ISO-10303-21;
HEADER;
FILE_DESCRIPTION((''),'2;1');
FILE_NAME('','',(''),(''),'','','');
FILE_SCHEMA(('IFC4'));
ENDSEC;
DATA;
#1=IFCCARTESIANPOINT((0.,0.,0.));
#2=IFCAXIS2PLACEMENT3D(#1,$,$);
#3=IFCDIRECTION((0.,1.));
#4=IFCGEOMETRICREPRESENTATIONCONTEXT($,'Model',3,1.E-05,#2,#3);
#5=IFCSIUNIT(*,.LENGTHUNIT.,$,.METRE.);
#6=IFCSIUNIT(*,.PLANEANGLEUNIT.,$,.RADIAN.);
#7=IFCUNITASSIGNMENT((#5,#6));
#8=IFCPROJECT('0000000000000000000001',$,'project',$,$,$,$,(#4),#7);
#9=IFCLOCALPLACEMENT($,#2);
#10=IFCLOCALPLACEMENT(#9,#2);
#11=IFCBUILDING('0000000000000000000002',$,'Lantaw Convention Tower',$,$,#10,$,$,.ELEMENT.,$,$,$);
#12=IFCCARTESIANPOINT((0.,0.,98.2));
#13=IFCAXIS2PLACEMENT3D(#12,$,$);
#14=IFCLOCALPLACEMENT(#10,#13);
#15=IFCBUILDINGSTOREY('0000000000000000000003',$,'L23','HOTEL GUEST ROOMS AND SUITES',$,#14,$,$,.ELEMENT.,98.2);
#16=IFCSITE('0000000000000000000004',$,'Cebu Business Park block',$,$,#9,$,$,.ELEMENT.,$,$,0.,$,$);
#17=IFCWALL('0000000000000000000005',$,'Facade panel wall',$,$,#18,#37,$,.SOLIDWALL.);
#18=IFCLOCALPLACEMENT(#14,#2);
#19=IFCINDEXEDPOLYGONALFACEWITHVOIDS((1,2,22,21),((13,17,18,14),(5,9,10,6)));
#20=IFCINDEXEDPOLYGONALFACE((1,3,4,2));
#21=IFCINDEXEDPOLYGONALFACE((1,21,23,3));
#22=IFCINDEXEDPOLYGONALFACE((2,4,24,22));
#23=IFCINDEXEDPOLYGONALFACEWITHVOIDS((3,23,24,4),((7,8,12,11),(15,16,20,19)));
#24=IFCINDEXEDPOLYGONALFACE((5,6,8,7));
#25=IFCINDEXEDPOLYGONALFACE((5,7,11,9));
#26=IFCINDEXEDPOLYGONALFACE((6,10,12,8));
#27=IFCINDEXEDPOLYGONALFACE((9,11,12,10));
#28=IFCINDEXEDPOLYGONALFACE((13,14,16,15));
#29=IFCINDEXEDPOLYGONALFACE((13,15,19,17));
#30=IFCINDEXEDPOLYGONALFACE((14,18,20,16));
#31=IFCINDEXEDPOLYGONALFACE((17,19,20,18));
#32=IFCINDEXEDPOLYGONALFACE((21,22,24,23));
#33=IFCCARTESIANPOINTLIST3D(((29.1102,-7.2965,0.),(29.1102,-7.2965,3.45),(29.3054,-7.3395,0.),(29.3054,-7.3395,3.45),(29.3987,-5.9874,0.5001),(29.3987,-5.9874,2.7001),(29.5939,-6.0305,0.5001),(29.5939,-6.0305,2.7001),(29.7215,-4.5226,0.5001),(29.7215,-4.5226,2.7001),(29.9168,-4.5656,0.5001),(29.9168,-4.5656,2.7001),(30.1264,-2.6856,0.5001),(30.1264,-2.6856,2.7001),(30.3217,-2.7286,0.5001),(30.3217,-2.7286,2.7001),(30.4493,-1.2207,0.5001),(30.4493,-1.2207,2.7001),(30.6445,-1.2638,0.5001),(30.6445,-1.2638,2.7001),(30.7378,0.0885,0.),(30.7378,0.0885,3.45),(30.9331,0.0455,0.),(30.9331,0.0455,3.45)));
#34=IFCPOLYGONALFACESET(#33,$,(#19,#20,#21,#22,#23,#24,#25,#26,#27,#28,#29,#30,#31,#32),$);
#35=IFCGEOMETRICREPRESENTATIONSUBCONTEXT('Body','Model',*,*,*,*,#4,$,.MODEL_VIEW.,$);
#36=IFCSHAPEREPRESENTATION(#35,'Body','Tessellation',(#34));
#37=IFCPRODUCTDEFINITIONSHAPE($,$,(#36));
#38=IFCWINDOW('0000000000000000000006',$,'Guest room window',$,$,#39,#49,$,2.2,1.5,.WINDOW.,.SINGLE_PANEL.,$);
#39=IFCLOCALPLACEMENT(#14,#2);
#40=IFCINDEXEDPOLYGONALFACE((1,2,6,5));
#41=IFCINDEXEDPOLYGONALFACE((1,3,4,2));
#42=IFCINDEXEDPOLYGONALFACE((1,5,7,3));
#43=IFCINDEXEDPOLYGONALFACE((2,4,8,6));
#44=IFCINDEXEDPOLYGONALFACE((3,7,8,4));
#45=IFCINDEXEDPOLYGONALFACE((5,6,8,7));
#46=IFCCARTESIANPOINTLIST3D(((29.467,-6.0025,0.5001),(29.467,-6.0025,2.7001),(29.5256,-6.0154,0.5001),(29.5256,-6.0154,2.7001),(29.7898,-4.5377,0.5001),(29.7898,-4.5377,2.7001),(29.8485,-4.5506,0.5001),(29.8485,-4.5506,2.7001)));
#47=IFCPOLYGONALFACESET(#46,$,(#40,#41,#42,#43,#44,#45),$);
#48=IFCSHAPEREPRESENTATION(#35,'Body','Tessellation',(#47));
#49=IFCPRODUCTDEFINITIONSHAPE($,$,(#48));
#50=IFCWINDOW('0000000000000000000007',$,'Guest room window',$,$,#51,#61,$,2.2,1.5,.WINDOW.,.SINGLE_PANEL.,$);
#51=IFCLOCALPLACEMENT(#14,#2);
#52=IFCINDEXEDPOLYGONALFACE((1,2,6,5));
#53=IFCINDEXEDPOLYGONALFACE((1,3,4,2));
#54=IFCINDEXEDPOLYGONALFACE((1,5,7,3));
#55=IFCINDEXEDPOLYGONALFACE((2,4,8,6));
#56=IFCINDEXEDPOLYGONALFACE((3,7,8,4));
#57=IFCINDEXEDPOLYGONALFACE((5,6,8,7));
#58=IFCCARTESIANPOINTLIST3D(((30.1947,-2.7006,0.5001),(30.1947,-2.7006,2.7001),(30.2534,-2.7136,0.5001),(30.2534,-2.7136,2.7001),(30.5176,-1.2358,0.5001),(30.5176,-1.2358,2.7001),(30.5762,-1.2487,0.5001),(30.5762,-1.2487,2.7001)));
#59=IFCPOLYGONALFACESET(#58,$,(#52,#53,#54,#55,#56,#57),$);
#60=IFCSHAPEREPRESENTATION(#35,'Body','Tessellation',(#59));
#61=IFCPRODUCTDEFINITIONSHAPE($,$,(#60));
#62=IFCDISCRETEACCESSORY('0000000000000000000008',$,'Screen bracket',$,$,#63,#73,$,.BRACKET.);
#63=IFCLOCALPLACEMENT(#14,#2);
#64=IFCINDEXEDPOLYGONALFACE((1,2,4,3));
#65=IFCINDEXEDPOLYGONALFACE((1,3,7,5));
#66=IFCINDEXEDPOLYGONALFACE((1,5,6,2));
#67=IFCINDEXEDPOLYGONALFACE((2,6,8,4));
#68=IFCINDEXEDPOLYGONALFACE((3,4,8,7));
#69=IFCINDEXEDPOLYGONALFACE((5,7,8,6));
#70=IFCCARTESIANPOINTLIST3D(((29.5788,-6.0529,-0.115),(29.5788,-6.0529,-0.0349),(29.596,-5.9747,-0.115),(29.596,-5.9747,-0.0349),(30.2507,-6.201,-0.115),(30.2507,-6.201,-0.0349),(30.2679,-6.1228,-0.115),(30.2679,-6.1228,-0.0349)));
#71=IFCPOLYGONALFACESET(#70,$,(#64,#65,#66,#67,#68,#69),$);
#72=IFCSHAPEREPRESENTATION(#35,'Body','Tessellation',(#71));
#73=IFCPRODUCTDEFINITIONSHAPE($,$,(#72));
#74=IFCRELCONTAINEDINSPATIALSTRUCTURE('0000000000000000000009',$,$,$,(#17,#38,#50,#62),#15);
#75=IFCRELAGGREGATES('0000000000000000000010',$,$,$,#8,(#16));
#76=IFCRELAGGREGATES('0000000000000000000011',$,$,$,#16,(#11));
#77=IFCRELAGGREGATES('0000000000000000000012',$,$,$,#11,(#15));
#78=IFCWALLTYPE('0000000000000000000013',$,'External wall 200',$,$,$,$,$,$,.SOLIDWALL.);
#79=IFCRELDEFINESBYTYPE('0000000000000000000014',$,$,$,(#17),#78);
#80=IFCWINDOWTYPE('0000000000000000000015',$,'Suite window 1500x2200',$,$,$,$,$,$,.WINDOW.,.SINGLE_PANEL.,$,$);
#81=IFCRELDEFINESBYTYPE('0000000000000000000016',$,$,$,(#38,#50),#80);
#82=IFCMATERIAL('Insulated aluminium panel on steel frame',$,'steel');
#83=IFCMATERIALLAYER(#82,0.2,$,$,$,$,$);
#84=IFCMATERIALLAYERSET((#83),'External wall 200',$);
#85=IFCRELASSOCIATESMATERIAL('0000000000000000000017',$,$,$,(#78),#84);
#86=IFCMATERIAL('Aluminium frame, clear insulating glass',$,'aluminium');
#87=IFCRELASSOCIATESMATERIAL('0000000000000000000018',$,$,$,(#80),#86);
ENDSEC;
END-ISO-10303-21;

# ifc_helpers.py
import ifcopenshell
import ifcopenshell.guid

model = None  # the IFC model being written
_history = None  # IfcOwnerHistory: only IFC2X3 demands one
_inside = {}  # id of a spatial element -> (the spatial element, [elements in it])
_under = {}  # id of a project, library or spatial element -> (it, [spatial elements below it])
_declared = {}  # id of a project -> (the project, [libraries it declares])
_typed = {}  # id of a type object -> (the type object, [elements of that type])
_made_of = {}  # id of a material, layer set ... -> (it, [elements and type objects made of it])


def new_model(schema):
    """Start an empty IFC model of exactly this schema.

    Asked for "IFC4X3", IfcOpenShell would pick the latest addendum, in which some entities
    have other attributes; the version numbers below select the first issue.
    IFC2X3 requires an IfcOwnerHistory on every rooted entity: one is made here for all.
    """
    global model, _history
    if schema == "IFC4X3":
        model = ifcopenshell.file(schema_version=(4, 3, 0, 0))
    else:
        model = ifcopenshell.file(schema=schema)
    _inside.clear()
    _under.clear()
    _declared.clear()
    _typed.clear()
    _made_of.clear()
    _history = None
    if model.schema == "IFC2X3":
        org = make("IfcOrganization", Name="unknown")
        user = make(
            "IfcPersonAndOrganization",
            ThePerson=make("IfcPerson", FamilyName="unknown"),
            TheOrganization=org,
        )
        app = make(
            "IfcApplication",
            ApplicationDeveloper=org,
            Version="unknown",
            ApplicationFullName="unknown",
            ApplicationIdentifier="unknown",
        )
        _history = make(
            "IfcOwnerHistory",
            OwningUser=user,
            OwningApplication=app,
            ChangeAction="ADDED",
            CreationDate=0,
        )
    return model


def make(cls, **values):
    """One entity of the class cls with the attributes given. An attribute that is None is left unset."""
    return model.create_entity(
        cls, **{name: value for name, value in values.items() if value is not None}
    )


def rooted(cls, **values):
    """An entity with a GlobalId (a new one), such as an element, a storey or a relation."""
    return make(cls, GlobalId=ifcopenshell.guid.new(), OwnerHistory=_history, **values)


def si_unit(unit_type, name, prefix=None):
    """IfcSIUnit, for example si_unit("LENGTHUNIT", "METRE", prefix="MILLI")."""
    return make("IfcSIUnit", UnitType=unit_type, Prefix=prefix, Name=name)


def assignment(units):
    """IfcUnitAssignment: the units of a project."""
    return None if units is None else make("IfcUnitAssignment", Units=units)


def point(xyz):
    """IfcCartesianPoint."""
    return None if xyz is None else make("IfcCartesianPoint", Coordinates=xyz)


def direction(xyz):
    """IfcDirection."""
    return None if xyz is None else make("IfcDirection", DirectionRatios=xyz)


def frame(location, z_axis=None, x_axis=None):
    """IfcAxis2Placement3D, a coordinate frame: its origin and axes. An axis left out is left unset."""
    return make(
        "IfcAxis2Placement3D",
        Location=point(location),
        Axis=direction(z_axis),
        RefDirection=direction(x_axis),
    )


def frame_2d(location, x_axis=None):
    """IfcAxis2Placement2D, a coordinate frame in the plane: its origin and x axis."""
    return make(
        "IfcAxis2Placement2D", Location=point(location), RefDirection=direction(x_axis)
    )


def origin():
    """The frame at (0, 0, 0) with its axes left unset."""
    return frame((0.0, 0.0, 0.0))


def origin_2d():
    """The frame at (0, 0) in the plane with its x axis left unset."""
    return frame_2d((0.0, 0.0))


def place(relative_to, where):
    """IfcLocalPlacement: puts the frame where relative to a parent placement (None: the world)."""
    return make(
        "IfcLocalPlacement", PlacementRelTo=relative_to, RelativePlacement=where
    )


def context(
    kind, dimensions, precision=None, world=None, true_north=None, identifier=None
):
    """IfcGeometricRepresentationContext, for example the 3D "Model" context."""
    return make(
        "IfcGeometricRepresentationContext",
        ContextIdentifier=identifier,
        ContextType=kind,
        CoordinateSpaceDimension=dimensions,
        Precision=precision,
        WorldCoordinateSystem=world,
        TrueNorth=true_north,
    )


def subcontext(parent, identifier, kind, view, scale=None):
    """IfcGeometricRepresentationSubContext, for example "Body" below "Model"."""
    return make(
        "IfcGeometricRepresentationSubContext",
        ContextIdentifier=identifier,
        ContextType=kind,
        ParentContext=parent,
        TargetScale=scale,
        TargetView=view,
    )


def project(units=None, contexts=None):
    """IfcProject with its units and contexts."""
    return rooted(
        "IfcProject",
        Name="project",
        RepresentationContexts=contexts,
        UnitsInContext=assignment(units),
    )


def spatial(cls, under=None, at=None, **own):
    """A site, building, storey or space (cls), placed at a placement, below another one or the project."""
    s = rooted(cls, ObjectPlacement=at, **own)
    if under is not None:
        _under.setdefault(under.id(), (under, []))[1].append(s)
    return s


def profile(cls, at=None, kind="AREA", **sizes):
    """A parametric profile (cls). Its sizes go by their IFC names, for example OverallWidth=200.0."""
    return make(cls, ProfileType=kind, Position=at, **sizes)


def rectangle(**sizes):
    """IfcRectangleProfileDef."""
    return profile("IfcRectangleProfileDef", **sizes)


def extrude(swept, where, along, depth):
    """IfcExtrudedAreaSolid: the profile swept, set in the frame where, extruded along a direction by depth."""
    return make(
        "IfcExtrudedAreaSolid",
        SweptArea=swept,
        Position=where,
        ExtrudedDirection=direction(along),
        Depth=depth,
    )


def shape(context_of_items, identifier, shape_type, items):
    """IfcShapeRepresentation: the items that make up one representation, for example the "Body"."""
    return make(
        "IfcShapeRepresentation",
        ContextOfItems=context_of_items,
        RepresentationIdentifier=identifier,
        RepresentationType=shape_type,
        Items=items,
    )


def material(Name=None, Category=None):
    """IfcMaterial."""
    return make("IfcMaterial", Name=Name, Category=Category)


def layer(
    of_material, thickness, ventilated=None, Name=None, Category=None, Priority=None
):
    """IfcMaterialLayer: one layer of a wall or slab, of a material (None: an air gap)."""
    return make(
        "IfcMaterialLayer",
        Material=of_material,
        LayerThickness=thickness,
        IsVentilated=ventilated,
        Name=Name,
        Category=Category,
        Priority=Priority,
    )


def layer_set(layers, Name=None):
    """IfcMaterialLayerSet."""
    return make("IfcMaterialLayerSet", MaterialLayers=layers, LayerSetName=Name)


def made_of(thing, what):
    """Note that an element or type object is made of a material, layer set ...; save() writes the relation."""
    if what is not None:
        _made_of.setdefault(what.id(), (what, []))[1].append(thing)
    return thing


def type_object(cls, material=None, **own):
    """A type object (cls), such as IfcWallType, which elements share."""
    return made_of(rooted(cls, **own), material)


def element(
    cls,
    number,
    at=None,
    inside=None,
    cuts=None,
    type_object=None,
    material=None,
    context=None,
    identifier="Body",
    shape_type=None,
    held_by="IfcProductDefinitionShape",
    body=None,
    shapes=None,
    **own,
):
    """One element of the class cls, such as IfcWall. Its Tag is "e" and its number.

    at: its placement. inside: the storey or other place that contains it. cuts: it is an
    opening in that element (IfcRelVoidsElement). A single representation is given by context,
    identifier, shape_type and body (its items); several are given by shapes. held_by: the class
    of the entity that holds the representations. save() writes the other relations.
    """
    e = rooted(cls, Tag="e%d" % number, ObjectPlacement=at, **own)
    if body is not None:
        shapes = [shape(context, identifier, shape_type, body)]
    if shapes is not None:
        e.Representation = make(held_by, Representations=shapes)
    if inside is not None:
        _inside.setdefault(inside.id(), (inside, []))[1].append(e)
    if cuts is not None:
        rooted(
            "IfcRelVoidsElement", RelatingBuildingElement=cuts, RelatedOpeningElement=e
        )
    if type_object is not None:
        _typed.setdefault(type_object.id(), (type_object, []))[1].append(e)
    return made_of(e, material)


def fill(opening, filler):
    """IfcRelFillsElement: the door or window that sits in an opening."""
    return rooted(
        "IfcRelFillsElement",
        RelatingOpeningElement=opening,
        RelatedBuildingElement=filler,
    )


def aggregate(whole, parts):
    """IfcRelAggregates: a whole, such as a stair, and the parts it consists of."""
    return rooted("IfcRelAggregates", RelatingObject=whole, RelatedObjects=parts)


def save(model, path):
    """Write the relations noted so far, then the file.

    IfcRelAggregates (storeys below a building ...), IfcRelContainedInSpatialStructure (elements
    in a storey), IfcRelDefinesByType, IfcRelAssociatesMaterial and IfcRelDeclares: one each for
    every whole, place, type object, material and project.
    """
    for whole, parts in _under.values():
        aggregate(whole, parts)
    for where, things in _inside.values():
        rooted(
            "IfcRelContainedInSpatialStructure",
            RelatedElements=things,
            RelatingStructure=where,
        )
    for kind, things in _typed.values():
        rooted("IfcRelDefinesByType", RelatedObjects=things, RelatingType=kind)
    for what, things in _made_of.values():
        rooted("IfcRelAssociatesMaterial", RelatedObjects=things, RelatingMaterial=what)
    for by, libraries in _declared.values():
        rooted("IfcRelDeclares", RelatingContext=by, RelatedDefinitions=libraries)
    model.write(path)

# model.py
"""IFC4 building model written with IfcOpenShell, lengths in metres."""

from ifc_helpers import new_model, si_unit, direction, frame, frame_2d, origin, origin_2d, place, context, subcontext, project, spatial, rectangle, extrude, material, layer, layer_set, type_object, element, fill, save


model = new_model("IFC4")

# Units and contexts
model_context = context("Model", 3, precision=1e-05, world=origin(), true_north=direction((0.0, 1.0)))
body_context = subcontext(model_context, "Body", "Model", "MODEL_VIEW")
ifc_project = project(units=[si_unit("LENGTHUNIT", "METRE"), si_unit("PLANEANGLEUNIT", "RADIAN")], contexts=[model_context])

# Site, building, storey
site_placement = place(None, origin())
site = spatial("IfcSite", under=ifc_project, at=site_placement, Name="Cebu Business Park block", CompositionType="ELEMENT", RefElevation=0.0)
building_placement = place(site_placement, origin())
building = spatial("IfcBuilding", under=site, at=building_placement, Name="Lantaw Convention Tower", CompositionType="ELEMENT")
storey_placement = place(building_placement, frame((0.0, 0.0, 98.2)))
storey = spatial("IfcBuildingStorey", under=building, at=storey_placement, Name="L23", Description="HOTEL GUEST ROOMS AND SUITES", CompositionType="ELEMENT", Elevation=98.2)

# Wall, openings, windows
ifc_material_1 = material(Name="Insulated aluminium panel on steel frame", Category="steel")
ifc_layer_1 = layer(ifc_material_1, 0.2)
ifc_layer_set_1 = layer_set([ifc_layer_1], Name="External wall 200")
wall_type_1 = type_object("IfcWallType", Name="External wall 200", PredefinedType="SOLIDWALL", material=ifc_layer_set_1)
ifc_material_2 = material(Name="Aluminium frame, clear insulating glass", Category="aluminium")
window_type = type_object("IfcWindowType", Name="Suite window 1500x2200", PartitioningType="SINGLE_PANEL", PredefinedType="WINDOW", material=ifc_material_2)
wall_1_placement = place(storey_placement, frame((29.2078, -7.3181, 0.0), z_axis=(0.0, 0.0, 1.0), x_axis=(0.215238, 0.976562, 0.0)))
wall_1 = element("IfcWall", 1, at=wall_1_placement, inside=storey, type_object=wall_type_1, Name="Facade panel wall", PredefinedType="SOLIDWALL", context=body_context, shape_type="SweptSolid", body=[
    extrude(rectangle(XDim=7.5623, YDim=0.2, at=frame_2d((3.7812, 0.0))), origin(), (0.0, 0.0, 1.0), 3.45),
])
opening_1_placement = place(wall_1_placement, frame((1.3406, 0.0, 0.5)))
opening_1 = element("IfcOpeningElement", 2, at=opening_1_placement, cuts=wall_1, PredefinedType="OPENING", context=body_context, shape_type="SweptSolid", body=[
    extrude(rectangle(XDim=1.5, YDim=2.2, at=frame_2d((0.75, 1.1001))), frame((0.0, 0.1099, 0.0), z_axis=(0.0, -1.0, 0.0), x_axis=(1.0, 0.0, 0.0)), (0.0, 0.0, 1.0), 0.22),
])
opening_2_placement = place(wall_1_placement, frame((4.7217, 0.0, 0.5)))
opening_2 = element("IfcOpeningElement", 3, at=opening_2_placement, cuts=wall_1, PredefinedType="OPENING", context=body_context, shape_type="SweptSolid", body=[
    extrude(rectangle(XDim=1.5, YDim=2.2, at=frame_2d((0.75, 1.1001))), frame((0.0, 0.1099, 0.0), z_axis=(0.0, -1.0, 0.0), x_axis=(1.0, 0.0, 0.0)), (0.0, 0.0, 1.0), 0.22),
])
window_1_placement = place(opening_1_placement, origin())
window_1 = element("IfcWindow", 4, at=window_1_placement, inside=storey, type_object=window_type, Name="Guest room window", OverallHeight=2.2, OverallWidth=1.5, PartitioningType="SINGLE_PANEL", PredefinedType="WINDOW", context=body_context, shape_type="SweptSolid", body=[
    extrude(rectangle(XDim=1.5, YDim=2.2, at=frame_2d((0.75, 1.1001))), frame((0.0, 0.03, 0.0), z_axis=(0.0, -1.0, 0.0), x_axis=(1.0, 0.0, 0.0)), (0.0, 0.0, 1.0), 0.0601),
])
fill(opening_1, window_1)
window_2_placement = place(opening_2_placement, origin())
window_2 = element("IfcWindow", 5, at=window_2_placement, inside=storey, type_object=window_type, Name="Guest room window", OverallHeight=2.2, OverallWidth=1.5, PartitioningType="SINGLE_PANEL", PredefinedType="WINDOW", context=body_context, shape_type="SweptSolid", body=[
    extrude(rectangle(XDim=1.5, YDim=2.2, at=frame_2d((0.75, 1.1001))), frame((0.0, 0.03, 0.0), z_axis=(0.0, -1.0, 0.0), x_axis=(1.0, 0.0, 0.0)), (0.0, 0.0, 1.0), 0.0601),
])
fill(opening_2, window_2)

# Discrete accessory
discrete_accessory_placement = place(storey_placement, frame((29.9233, -6.0879, -0.115), z_axis=(0.0, 0.0, 1.0), x_axis=(0.215246, 0.97656, 0.0)))
element("IfcDiscreteAccessory", 6, at=discrete_accessory_placement, inside=storey, Name="Screen bracket", PredefinedType="BRACKET", context=body_context, shape_type="SweptSolid", body=[
    extrude(rectangle(XDim=0.0801, YDim=0.688, at=origin_2d()), origin(), (0.0, 0.0, 1.0), 0.0801),
])

save(model, "model.ifc")
